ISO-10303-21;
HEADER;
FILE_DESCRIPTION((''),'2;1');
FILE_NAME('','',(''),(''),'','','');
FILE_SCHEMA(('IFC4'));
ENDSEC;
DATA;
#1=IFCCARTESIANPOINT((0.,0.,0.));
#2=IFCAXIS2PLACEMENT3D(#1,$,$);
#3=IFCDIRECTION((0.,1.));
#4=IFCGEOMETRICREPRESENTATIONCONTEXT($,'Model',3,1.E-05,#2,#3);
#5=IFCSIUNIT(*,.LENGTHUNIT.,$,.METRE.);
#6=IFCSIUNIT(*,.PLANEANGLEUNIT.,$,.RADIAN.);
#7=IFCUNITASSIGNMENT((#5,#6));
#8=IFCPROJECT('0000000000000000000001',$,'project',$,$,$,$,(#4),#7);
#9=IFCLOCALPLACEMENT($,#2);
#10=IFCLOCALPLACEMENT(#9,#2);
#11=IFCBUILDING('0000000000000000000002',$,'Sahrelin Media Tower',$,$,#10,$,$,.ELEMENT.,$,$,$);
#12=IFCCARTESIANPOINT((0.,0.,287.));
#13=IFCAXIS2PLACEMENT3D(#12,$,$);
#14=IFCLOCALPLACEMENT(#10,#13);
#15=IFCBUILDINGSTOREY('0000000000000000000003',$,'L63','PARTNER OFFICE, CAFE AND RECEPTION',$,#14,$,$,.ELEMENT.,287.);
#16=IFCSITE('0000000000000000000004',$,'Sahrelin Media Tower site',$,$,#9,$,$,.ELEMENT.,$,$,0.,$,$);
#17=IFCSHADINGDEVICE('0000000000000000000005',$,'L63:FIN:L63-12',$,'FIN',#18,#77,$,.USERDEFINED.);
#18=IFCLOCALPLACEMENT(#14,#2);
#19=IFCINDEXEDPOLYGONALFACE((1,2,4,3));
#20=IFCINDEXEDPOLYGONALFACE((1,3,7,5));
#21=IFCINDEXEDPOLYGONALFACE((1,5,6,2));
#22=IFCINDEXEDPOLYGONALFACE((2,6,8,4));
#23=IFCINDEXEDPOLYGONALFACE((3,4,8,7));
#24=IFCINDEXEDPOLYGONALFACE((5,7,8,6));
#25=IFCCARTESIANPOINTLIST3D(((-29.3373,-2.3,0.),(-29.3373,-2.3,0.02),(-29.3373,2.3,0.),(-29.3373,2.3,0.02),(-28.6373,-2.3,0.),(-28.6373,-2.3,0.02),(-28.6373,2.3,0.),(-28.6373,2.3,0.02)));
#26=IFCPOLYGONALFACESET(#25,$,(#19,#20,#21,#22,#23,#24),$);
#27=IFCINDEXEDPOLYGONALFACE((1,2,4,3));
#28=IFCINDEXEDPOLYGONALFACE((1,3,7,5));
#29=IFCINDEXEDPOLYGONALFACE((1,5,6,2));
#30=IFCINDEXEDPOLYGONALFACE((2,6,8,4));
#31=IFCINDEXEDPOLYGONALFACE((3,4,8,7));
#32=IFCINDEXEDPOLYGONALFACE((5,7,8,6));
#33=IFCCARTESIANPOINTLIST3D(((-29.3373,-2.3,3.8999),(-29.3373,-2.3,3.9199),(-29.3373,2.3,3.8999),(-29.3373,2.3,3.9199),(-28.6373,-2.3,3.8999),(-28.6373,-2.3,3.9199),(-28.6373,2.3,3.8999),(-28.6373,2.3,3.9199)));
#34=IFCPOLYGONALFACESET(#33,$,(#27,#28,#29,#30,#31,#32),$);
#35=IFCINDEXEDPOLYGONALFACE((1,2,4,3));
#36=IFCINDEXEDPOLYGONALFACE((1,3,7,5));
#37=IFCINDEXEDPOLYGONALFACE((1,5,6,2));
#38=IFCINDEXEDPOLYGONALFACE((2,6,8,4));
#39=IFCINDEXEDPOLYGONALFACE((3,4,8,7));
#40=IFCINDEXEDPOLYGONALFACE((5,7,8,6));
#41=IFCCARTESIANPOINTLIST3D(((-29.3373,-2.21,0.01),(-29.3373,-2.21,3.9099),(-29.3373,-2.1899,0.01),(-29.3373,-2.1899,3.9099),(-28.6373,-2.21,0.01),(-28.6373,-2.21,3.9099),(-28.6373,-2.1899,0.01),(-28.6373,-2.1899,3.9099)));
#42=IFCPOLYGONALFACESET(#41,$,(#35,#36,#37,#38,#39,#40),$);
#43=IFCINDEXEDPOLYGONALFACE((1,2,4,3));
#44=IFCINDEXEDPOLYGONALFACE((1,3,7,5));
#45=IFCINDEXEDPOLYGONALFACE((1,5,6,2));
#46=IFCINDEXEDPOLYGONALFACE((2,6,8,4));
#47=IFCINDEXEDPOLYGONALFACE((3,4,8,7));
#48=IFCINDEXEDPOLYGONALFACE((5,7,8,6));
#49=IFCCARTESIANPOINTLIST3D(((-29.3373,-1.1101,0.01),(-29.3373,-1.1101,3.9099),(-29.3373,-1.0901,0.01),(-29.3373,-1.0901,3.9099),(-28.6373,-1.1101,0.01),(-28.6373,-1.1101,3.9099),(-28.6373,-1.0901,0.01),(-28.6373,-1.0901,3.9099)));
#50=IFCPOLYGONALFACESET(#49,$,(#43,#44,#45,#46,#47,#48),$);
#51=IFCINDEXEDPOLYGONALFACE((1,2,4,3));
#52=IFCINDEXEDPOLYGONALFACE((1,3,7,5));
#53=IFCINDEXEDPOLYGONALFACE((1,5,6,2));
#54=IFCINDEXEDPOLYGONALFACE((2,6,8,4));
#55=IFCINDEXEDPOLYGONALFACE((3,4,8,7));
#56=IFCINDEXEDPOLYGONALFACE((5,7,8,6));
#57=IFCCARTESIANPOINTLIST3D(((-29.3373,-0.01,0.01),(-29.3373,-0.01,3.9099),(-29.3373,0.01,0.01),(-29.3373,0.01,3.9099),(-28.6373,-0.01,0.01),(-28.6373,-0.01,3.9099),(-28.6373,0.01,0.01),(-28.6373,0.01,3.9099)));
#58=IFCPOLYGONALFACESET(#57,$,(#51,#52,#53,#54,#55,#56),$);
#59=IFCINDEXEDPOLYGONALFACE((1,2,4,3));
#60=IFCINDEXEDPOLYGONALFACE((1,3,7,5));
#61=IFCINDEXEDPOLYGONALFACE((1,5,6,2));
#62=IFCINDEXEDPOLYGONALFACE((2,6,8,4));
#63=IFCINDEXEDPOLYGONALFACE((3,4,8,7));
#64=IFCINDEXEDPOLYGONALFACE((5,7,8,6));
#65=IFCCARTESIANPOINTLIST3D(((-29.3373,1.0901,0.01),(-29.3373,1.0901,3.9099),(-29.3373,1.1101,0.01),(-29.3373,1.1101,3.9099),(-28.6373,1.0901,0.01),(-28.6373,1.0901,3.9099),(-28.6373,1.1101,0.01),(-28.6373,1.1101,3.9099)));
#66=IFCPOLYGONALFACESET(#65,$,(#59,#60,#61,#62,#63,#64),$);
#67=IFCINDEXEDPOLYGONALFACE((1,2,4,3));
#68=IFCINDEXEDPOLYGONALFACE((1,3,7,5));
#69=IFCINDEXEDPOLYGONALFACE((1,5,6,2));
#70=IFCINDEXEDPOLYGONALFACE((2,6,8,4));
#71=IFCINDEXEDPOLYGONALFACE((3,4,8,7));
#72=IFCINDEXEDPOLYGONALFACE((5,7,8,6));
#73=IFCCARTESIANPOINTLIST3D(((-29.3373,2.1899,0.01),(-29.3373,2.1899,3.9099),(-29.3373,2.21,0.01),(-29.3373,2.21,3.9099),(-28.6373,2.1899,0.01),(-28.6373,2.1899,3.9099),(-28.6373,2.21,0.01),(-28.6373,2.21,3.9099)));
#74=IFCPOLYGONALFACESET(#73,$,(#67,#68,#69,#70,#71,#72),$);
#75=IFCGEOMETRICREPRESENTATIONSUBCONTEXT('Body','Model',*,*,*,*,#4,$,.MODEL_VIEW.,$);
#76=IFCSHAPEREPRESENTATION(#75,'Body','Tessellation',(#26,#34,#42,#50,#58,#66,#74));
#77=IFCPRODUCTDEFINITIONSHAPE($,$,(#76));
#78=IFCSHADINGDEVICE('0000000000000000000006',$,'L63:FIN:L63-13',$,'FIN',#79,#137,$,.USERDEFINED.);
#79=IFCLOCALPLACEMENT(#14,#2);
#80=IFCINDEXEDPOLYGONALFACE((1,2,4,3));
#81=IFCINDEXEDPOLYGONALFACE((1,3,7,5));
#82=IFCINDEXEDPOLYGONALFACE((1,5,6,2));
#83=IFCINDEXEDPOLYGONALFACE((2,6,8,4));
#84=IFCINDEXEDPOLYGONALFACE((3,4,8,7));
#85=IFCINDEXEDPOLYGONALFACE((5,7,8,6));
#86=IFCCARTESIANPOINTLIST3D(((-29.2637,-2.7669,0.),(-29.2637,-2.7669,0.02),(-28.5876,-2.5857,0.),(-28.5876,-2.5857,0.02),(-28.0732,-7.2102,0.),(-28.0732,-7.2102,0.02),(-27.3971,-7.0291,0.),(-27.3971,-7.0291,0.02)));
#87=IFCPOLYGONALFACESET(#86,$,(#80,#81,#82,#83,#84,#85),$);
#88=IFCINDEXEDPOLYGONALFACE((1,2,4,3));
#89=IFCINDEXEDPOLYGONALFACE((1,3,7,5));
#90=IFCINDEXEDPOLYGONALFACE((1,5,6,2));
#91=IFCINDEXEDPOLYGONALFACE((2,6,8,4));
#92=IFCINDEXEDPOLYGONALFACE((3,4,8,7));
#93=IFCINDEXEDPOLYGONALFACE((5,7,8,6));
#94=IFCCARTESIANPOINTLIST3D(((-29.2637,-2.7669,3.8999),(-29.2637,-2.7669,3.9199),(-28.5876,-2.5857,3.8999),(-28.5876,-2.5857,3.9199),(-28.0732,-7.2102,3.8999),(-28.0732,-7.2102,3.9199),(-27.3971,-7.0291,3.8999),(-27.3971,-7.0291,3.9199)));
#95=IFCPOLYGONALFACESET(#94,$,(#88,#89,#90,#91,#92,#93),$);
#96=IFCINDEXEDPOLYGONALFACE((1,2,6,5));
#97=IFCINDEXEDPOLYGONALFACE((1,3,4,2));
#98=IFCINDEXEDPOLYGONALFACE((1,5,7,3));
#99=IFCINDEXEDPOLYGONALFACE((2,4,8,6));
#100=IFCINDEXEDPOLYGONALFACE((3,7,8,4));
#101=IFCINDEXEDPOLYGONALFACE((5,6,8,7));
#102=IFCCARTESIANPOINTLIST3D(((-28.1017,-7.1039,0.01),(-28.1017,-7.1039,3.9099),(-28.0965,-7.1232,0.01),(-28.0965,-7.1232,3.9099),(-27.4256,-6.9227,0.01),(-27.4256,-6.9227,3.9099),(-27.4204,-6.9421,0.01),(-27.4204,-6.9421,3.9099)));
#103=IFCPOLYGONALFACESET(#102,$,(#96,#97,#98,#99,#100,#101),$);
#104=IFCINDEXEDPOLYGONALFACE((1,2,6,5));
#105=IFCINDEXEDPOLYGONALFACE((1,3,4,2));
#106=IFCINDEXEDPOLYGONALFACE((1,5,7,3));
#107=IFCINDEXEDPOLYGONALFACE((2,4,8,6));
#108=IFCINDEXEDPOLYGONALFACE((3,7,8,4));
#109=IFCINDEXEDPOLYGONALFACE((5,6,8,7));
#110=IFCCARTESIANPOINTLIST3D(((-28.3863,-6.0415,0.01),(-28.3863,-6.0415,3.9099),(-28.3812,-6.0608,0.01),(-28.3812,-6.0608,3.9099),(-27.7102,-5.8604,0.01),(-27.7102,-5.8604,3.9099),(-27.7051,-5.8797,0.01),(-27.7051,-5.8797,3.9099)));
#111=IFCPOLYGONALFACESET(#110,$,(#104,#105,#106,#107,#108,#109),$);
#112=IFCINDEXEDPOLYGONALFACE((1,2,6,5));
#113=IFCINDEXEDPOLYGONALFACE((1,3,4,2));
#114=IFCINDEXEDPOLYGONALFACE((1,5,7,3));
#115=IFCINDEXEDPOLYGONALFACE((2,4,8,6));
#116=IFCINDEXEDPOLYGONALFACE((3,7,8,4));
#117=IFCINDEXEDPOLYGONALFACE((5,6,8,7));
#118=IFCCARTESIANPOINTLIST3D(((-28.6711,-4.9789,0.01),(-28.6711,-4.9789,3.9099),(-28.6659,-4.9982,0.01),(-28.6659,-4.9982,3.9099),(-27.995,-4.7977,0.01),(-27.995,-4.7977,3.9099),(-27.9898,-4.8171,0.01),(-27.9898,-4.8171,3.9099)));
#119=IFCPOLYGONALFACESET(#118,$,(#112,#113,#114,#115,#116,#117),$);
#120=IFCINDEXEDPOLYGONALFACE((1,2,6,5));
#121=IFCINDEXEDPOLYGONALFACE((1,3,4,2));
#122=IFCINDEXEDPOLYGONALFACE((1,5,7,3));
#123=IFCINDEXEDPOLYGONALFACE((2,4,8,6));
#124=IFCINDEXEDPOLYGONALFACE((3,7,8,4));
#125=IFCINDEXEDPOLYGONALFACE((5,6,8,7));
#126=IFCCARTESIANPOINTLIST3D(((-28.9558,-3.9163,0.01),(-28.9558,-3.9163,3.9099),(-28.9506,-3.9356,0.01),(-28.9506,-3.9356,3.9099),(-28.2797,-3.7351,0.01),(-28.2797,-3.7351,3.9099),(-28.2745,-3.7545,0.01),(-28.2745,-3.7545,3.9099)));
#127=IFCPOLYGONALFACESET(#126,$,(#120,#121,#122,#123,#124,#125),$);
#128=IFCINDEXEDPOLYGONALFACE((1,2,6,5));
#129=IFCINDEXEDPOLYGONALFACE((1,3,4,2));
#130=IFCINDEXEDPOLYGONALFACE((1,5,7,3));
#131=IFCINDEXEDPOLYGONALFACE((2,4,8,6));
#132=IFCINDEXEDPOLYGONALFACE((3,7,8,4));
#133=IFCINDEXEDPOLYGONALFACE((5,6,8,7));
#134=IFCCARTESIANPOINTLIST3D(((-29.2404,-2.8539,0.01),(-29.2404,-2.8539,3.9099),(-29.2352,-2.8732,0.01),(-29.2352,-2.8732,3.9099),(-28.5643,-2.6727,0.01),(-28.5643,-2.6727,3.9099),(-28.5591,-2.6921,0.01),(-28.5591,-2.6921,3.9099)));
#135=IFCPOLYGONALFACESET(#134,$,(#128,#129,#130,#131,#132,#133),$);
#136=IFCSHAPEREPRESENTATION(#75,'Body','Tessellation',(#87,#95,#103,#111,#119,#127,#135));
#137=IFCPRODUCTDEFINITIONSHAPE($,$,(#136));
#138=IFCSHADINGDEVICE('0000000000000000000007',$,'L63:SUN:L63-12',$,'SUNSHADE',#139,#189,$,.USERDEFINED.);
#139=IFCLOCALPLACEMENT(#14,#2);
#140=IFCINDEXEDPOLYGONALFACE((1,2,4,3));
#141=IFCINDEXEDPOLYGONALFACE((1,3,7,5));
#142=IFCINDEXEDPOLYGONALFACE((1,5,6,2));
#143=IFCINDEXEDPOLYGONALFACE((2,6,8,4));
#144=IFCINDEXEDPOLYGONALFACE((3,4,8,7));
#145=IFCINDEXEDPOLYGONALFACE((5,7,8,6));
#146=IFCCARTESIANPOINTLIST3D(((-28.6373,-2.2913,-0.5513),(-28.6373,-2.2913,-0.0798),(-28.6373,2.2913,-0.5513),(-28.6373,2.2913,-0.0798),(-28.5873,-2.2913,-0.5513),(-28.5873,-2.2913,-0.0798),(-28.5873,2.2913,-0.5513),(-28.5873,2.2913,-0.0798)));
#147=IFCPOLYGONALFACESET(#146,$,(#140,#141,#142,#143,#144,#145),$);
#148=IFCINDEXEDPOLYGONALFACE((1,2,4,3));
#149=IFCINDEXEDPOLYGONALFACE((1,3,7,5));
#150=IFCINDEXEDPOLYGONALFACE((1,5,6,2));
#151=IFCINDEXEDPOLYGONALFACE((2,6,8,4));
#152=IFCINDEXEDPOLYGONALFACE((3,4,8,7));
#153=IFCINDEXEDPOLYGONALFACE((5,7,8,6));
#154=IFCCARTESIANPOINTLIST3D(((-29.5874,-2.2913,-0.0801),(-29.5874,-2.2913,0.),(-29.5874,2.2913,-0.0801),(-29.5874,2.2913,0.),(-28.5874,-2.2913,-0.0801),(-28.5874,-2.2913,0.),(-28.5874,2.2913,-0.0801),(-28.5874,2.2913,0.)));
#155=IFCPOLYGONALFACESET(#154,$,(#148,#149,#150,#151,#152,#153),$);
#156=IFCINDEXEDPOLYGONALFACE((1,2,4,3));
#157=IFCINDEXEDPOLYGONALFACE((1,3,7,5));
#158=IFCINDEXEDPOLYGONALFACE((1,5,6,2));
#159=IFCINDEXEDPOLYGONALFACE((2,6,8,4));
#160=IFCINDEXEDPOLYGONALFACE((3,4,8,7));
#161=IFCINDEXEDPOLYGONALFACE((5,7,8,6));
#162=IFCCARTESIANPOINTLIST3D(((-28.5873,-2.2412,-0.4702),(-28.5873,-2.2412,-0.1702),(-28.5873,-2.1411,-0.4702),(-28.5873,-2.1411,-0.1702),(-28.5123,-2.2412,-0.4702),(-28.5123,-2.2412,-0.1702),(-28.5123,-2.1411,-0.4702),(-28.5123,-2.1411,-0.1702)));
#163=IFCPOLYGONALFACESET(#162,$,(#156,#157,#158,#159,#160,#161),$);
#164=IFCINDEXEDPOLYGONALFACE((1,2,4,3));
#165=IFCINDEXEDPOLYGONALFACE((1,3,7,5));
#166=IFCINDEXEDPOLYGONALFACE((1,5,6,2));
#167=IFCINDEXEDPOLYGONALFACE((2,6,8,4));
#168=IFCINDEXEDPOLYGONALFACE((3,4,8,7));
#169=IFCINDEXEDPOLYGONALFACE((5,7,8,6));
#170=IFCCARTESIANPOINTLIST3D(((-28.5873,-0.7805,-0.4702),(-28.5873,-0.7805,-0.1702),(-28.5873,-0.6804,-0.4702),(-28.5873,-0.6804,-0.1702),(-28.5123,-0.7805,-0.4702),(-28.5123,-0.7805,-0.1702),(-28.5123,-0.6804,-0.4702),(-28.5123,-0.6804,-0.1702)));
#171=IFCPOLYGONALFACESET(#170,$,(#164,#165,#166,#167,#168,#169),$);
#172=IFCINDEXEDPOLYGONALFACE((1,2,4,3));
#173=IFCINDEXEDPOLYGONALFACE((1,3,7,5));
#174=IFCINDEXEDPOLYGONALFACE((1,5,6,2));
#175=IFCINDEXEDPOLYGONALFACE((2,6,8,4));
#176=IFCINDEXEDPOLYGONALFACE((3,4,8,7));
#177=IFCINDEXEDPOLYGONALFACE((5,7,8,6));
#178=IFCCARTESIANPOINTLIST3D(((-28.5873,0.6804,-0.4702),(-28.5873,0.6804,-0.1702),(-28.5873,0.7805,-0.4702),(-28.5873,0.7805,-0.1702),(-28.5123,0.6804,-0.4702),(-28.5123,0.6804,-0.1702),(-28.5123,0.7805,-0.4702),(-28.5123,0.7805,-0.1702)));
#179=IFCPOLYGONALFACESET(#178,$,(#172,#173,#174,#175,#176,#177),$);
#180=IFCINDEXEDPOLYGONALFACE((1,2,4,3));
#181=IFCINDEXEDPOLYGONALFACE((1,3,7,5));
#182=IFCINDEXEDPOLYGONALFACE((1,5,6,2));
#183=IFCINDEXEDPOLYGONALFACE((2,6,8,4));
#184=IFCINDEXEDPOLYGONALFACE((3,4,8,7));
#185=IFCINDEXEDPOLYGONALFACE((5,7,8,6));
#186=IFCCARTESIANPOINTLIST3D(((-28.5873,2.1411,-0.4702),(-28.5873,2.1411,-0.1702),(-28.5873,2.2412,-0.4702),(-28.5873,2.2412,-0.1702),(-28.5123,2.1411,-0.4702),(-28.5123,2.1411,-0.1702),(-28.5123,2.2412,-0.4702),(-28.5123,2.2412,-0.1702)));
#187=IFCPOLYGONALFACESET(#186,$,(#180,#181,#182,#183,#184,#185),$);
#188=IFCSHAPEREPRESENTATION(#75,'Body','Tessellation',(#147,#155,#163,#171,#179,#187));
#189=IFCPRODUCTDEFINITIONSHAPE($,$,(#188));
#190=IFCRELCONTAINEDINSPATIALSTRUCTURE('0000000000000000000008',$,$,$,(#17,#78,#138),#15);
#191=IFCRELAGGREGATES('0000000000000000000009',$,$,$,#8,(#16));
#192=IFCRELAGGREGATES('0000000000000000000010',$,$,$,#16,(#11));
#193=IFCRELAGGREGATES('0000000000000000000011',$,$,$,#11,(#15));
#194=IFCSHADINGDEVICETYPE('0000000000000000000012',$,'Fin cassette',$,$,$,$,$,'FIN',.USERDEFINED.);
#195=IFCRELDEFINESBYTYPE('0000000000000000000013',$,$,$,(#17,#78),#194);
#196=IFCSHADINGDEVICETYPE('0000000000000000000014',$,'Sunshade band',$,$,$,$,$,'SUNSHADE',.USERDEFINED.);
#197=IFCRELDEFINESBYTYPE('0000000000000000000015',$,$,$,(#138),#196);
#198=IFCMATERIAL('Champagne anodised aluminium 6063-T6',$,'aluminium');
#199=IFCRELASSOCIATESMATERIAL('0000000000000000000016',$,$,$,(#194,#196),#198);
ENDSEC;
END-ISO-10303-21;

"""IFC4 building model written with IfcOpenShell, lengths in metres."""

from ifc_helpers import new_model, si_unit, direction, frame, origin, origin_2d, place, context, subcontext, project, spatial, rectangle, extrude, material, type_object, element, save


model = new_model("IFC4")

# Units and contexts
model_context = context("Model", 3, precision=1e-05, world=origin(), true_north=direction((0.0, 1.0)))
body_context = subcontext(model_context, "Body", "Model", "MODEL_VIEW")
ifc_project = project(units=[si_unit("LENGTHUNIT", "METRE"), si_unit("PLANEANGLEUNIT", "RADIAN")], contexts=[model_context])

# Site, building, storey
site_placement = place(None, origin())
site = spatial("IfcSite", under=ifc_project, at=site_placement, Name="Sahrelin Media Tower site", CompositionType="ELEMENT", RefElevation=0.0)
building_placement = place(site_placement, origin())
building = spatial("IfcBuilding", under=site, at=building_placement, Name="Sahrelin Media Tower", CompositionType="ELEMENT")
storey_placement = place(building_placement, frame((0.0, 0.0, 287.0)))
storey = spatial("IfcBuildingStorey", under=building, at=storey_placement, Name="L63", Description="PARTNER OFFICE, CAFE AND RECEPTION", CompositionType="ELEMENT", Elevation=287.0)

# Shared definitions
ifc_material_1 = material(Name="Champagne anodised aluminium 6063-T6", Category="aluminium")

# Shading devices
shading_device_type_1 = type_object("IfcShadingDeviceType", Name="Fin cassette", ElementType="FIN", PredefinedType="USERDEFINED", material=ifc_material_1)
placement_1 = place(storey_placement, frame((-28.5674, 0.0, 0.0), z_axis=(0.0, 0.0, 1.0), x_axis=(0.0, 1.0, 0.0)))
element("IfcShadingDevice", 1, at=placement_1, inside=storey, type_object=shading_device_type_1, Name="L63:FIN:L63-12", ObjectType="FIN", PredefinedType="USERDEFINED", context=body_context, shape_type="SweptSolid", body=[
    extrude(rectangle(XDim=4.6001, YDim=0.7, at=origin_2d()), frame((0.0, 0.4199, 0.0)), (0.0, 0.0, 1.0), 0.02),
    extrude(rectangle(XDim=4.6001, YDim=0.7, at=origin_2d()), frame((0.0, 0.4199, 3.8999)), (0.0, 0.0, 1.0), 0.02),
    extrude(rectangle(XDim=0.02, YDim=0.7, at=origin_2d()), frame((-2.2, 0.4199, 0.01), z_axis=(0.0, 0.0, 1.0), x_axis=(1.0, 0.0, 0.0)), (0.0, 0.0, 1.0), 3.8999),
    extrude(rectangle(XDim=0.02, YDim=0.7, at=origin_2d()), frame((-1.1001, 0.4199, 0.01), z_axis=(0.0, 0.0, 1.0), x_axis=(1.0, 0.0, 0.0)), (0.0, 0.0, 1.0), 3.8999),
    extrude(rectangle(XDim=0.02, YDim=0.7, at=origin_2d()), frame((0.0, 0.4199, 0.01), z_axis=(0.0, 0.0, 1.0), x_axis=(1.0, 0.0, 0.0)), (0.0, 0.0, 1.0), 3.8999),
    extrude(rectangle(XDim=0.02, YDim=0.7, at=origin_2d()), frame((1.1001, 0.4199, 0.01), z_axis=(0.0, 0.0, 1.0), x_axis=(1.0, 0.0, 0.0)), (0.0, 0.0, 1.0), 3.8999),
    extrude(rectangle(XDim=0.02, YDim=0.7, at=origin_2d()), frame((2.2, 0.4199, 0.01), z_axis=(0.0, 0.0, 1.0), x_axis=(1.0, 0.0, 0.0)), (0.0, 0.0, 1.0), 3.8999),
])
placement_2 = place(storey_placement, frame((-27.9248, -4.7893, 0.0), z_axis=(0.0, 0.0, 1.0), x_axis=(-0.258808, 0.965929, 0.0)))
element("IfcShadingDevice", 2, at=placement_2, inside=storey, type_object=shading_device_type_1, Name="L63:FIN:L63-13", ObjectType="FIN", PredefinedType="USERDEFINED", context=body_context, shape_type="SweptSolid", body=[
    extrude(rectangle(XDim=4.6001, YDim=0.7, at=origin_2d()), frame((0.0, 0.4199, 0.0)), (0.0, 0.0, 1.0), 0.02),
    extrude(rectangle(XDim=4.6001, YDim=0.7, at=origin_2d()), frame((0.0, 0.4199, 3.8999)), (0.0, 0.0, 1.0), 0.02),
    extrude(rectangle(XDim=0.02, YDim=0.7, at=origin_2d()), frame((-2.2, 0.4199, 0.01), z_axis=(0.0, 0.0, 1.0), x_axis=(1.0, 0.0, 0.0)), (0.0, 0.0, 1.0), 3.8999),
    extrude(rectangle(XDim=0.02, YDim=0.7, at=origin_2d()), frame((-1.1001, 0.4199, 0.01), z_axis=(0.0, 0.0, 1.0), x_axis=(1.0, 0.0, 0.0)), (0.0, 0.0, 1.0), 3.8999),
    extrude(rectangle(XDim=0.02, YDim=0.7, at=origin_2d()), frame((0.0, 0.4199, 0.01), z_axis=(0.0, 0.0, 1.0), x_axis=(1.0, 0.0, 0.0)), (0.0, 0.0, 1.0), 3.8999),
    extrude(rectangle(XDim=0.02, YDim=0.7, at=origin_2d()), frame((1.1001, 0.4199, 0.01), z_axis=(0.0, 0.0, 1.0), x_axis=(1.0, 0.0, 0.0)), (0.0, 0.0, 1.0), 3.8999),
    extrude(rectangle(XDim=0.02, YDim=0.7, at=origin_2d()), frame((2.2, 0.4199, 0.01), z_axis=(0.0, 0.0, 1.0), x_axis=(1.0, 0.0, 0.0)), (0.0, 0.0, 1.0), 3.8999),
])
shading_device_type_2 = type_object("IfcShadingDeviceType", Name="Sunshade band", ElementType="SUNSHADE", PredefinedType="USERDEFINED", material=ifc_material_1)
element("IfcShadingDevice", 3, at=placement_1, inside=storey, type_object=shading_device_type_2, Name="L63:SUN:L63-12", ObjectType="SUNSHADE", PredefinedType="USERDEFINED", context=body_context, shape_type="SweptSolid", body=[
    extrude(rectangle(XDim=4.5825, YDim=0.05, at=origin_2d()), frame((0.0, 0.0449, -0.5513)), (0.0, 0.0, 1.0), 0.4714),
    extrude(rectangle(XDim=4.5825, YDim=1.0, at=origin_2d()), frame((0.0, 0.52, -0.0801)), (0.0, 0.0, 1.0), 0.0801),
    extrude(rectangle(XDim=0.1001, YDim=0.075, at=origin_2d()), frame((-2.1912, -0.0176, -0.4702)), (0.0, 0.0, 1.0), 0.3),
    extrude(rectangle(XDim=0.1001, YDim=0.075, at=origin_2d()), frame((-0.7305, -0.0176, -0.4702)), (0.0, 0.0, 1.0), 0.3),
    extrude(rectangle(XDim=0.1001, YDim=0.075, at=origin_2d()), frame((0.7305, -0.0176, -0.4702)), (0.0, 0.0, 1.0), 0.3),
    extrude(rectangle(XDim=0.1001, YDim=0.075, at=origin_2d()), frame((2.1912, -0.0176, -0.4702)), (0.0, 0.0, 1.0), 0.3),
])

save(model, "model.ifc")
